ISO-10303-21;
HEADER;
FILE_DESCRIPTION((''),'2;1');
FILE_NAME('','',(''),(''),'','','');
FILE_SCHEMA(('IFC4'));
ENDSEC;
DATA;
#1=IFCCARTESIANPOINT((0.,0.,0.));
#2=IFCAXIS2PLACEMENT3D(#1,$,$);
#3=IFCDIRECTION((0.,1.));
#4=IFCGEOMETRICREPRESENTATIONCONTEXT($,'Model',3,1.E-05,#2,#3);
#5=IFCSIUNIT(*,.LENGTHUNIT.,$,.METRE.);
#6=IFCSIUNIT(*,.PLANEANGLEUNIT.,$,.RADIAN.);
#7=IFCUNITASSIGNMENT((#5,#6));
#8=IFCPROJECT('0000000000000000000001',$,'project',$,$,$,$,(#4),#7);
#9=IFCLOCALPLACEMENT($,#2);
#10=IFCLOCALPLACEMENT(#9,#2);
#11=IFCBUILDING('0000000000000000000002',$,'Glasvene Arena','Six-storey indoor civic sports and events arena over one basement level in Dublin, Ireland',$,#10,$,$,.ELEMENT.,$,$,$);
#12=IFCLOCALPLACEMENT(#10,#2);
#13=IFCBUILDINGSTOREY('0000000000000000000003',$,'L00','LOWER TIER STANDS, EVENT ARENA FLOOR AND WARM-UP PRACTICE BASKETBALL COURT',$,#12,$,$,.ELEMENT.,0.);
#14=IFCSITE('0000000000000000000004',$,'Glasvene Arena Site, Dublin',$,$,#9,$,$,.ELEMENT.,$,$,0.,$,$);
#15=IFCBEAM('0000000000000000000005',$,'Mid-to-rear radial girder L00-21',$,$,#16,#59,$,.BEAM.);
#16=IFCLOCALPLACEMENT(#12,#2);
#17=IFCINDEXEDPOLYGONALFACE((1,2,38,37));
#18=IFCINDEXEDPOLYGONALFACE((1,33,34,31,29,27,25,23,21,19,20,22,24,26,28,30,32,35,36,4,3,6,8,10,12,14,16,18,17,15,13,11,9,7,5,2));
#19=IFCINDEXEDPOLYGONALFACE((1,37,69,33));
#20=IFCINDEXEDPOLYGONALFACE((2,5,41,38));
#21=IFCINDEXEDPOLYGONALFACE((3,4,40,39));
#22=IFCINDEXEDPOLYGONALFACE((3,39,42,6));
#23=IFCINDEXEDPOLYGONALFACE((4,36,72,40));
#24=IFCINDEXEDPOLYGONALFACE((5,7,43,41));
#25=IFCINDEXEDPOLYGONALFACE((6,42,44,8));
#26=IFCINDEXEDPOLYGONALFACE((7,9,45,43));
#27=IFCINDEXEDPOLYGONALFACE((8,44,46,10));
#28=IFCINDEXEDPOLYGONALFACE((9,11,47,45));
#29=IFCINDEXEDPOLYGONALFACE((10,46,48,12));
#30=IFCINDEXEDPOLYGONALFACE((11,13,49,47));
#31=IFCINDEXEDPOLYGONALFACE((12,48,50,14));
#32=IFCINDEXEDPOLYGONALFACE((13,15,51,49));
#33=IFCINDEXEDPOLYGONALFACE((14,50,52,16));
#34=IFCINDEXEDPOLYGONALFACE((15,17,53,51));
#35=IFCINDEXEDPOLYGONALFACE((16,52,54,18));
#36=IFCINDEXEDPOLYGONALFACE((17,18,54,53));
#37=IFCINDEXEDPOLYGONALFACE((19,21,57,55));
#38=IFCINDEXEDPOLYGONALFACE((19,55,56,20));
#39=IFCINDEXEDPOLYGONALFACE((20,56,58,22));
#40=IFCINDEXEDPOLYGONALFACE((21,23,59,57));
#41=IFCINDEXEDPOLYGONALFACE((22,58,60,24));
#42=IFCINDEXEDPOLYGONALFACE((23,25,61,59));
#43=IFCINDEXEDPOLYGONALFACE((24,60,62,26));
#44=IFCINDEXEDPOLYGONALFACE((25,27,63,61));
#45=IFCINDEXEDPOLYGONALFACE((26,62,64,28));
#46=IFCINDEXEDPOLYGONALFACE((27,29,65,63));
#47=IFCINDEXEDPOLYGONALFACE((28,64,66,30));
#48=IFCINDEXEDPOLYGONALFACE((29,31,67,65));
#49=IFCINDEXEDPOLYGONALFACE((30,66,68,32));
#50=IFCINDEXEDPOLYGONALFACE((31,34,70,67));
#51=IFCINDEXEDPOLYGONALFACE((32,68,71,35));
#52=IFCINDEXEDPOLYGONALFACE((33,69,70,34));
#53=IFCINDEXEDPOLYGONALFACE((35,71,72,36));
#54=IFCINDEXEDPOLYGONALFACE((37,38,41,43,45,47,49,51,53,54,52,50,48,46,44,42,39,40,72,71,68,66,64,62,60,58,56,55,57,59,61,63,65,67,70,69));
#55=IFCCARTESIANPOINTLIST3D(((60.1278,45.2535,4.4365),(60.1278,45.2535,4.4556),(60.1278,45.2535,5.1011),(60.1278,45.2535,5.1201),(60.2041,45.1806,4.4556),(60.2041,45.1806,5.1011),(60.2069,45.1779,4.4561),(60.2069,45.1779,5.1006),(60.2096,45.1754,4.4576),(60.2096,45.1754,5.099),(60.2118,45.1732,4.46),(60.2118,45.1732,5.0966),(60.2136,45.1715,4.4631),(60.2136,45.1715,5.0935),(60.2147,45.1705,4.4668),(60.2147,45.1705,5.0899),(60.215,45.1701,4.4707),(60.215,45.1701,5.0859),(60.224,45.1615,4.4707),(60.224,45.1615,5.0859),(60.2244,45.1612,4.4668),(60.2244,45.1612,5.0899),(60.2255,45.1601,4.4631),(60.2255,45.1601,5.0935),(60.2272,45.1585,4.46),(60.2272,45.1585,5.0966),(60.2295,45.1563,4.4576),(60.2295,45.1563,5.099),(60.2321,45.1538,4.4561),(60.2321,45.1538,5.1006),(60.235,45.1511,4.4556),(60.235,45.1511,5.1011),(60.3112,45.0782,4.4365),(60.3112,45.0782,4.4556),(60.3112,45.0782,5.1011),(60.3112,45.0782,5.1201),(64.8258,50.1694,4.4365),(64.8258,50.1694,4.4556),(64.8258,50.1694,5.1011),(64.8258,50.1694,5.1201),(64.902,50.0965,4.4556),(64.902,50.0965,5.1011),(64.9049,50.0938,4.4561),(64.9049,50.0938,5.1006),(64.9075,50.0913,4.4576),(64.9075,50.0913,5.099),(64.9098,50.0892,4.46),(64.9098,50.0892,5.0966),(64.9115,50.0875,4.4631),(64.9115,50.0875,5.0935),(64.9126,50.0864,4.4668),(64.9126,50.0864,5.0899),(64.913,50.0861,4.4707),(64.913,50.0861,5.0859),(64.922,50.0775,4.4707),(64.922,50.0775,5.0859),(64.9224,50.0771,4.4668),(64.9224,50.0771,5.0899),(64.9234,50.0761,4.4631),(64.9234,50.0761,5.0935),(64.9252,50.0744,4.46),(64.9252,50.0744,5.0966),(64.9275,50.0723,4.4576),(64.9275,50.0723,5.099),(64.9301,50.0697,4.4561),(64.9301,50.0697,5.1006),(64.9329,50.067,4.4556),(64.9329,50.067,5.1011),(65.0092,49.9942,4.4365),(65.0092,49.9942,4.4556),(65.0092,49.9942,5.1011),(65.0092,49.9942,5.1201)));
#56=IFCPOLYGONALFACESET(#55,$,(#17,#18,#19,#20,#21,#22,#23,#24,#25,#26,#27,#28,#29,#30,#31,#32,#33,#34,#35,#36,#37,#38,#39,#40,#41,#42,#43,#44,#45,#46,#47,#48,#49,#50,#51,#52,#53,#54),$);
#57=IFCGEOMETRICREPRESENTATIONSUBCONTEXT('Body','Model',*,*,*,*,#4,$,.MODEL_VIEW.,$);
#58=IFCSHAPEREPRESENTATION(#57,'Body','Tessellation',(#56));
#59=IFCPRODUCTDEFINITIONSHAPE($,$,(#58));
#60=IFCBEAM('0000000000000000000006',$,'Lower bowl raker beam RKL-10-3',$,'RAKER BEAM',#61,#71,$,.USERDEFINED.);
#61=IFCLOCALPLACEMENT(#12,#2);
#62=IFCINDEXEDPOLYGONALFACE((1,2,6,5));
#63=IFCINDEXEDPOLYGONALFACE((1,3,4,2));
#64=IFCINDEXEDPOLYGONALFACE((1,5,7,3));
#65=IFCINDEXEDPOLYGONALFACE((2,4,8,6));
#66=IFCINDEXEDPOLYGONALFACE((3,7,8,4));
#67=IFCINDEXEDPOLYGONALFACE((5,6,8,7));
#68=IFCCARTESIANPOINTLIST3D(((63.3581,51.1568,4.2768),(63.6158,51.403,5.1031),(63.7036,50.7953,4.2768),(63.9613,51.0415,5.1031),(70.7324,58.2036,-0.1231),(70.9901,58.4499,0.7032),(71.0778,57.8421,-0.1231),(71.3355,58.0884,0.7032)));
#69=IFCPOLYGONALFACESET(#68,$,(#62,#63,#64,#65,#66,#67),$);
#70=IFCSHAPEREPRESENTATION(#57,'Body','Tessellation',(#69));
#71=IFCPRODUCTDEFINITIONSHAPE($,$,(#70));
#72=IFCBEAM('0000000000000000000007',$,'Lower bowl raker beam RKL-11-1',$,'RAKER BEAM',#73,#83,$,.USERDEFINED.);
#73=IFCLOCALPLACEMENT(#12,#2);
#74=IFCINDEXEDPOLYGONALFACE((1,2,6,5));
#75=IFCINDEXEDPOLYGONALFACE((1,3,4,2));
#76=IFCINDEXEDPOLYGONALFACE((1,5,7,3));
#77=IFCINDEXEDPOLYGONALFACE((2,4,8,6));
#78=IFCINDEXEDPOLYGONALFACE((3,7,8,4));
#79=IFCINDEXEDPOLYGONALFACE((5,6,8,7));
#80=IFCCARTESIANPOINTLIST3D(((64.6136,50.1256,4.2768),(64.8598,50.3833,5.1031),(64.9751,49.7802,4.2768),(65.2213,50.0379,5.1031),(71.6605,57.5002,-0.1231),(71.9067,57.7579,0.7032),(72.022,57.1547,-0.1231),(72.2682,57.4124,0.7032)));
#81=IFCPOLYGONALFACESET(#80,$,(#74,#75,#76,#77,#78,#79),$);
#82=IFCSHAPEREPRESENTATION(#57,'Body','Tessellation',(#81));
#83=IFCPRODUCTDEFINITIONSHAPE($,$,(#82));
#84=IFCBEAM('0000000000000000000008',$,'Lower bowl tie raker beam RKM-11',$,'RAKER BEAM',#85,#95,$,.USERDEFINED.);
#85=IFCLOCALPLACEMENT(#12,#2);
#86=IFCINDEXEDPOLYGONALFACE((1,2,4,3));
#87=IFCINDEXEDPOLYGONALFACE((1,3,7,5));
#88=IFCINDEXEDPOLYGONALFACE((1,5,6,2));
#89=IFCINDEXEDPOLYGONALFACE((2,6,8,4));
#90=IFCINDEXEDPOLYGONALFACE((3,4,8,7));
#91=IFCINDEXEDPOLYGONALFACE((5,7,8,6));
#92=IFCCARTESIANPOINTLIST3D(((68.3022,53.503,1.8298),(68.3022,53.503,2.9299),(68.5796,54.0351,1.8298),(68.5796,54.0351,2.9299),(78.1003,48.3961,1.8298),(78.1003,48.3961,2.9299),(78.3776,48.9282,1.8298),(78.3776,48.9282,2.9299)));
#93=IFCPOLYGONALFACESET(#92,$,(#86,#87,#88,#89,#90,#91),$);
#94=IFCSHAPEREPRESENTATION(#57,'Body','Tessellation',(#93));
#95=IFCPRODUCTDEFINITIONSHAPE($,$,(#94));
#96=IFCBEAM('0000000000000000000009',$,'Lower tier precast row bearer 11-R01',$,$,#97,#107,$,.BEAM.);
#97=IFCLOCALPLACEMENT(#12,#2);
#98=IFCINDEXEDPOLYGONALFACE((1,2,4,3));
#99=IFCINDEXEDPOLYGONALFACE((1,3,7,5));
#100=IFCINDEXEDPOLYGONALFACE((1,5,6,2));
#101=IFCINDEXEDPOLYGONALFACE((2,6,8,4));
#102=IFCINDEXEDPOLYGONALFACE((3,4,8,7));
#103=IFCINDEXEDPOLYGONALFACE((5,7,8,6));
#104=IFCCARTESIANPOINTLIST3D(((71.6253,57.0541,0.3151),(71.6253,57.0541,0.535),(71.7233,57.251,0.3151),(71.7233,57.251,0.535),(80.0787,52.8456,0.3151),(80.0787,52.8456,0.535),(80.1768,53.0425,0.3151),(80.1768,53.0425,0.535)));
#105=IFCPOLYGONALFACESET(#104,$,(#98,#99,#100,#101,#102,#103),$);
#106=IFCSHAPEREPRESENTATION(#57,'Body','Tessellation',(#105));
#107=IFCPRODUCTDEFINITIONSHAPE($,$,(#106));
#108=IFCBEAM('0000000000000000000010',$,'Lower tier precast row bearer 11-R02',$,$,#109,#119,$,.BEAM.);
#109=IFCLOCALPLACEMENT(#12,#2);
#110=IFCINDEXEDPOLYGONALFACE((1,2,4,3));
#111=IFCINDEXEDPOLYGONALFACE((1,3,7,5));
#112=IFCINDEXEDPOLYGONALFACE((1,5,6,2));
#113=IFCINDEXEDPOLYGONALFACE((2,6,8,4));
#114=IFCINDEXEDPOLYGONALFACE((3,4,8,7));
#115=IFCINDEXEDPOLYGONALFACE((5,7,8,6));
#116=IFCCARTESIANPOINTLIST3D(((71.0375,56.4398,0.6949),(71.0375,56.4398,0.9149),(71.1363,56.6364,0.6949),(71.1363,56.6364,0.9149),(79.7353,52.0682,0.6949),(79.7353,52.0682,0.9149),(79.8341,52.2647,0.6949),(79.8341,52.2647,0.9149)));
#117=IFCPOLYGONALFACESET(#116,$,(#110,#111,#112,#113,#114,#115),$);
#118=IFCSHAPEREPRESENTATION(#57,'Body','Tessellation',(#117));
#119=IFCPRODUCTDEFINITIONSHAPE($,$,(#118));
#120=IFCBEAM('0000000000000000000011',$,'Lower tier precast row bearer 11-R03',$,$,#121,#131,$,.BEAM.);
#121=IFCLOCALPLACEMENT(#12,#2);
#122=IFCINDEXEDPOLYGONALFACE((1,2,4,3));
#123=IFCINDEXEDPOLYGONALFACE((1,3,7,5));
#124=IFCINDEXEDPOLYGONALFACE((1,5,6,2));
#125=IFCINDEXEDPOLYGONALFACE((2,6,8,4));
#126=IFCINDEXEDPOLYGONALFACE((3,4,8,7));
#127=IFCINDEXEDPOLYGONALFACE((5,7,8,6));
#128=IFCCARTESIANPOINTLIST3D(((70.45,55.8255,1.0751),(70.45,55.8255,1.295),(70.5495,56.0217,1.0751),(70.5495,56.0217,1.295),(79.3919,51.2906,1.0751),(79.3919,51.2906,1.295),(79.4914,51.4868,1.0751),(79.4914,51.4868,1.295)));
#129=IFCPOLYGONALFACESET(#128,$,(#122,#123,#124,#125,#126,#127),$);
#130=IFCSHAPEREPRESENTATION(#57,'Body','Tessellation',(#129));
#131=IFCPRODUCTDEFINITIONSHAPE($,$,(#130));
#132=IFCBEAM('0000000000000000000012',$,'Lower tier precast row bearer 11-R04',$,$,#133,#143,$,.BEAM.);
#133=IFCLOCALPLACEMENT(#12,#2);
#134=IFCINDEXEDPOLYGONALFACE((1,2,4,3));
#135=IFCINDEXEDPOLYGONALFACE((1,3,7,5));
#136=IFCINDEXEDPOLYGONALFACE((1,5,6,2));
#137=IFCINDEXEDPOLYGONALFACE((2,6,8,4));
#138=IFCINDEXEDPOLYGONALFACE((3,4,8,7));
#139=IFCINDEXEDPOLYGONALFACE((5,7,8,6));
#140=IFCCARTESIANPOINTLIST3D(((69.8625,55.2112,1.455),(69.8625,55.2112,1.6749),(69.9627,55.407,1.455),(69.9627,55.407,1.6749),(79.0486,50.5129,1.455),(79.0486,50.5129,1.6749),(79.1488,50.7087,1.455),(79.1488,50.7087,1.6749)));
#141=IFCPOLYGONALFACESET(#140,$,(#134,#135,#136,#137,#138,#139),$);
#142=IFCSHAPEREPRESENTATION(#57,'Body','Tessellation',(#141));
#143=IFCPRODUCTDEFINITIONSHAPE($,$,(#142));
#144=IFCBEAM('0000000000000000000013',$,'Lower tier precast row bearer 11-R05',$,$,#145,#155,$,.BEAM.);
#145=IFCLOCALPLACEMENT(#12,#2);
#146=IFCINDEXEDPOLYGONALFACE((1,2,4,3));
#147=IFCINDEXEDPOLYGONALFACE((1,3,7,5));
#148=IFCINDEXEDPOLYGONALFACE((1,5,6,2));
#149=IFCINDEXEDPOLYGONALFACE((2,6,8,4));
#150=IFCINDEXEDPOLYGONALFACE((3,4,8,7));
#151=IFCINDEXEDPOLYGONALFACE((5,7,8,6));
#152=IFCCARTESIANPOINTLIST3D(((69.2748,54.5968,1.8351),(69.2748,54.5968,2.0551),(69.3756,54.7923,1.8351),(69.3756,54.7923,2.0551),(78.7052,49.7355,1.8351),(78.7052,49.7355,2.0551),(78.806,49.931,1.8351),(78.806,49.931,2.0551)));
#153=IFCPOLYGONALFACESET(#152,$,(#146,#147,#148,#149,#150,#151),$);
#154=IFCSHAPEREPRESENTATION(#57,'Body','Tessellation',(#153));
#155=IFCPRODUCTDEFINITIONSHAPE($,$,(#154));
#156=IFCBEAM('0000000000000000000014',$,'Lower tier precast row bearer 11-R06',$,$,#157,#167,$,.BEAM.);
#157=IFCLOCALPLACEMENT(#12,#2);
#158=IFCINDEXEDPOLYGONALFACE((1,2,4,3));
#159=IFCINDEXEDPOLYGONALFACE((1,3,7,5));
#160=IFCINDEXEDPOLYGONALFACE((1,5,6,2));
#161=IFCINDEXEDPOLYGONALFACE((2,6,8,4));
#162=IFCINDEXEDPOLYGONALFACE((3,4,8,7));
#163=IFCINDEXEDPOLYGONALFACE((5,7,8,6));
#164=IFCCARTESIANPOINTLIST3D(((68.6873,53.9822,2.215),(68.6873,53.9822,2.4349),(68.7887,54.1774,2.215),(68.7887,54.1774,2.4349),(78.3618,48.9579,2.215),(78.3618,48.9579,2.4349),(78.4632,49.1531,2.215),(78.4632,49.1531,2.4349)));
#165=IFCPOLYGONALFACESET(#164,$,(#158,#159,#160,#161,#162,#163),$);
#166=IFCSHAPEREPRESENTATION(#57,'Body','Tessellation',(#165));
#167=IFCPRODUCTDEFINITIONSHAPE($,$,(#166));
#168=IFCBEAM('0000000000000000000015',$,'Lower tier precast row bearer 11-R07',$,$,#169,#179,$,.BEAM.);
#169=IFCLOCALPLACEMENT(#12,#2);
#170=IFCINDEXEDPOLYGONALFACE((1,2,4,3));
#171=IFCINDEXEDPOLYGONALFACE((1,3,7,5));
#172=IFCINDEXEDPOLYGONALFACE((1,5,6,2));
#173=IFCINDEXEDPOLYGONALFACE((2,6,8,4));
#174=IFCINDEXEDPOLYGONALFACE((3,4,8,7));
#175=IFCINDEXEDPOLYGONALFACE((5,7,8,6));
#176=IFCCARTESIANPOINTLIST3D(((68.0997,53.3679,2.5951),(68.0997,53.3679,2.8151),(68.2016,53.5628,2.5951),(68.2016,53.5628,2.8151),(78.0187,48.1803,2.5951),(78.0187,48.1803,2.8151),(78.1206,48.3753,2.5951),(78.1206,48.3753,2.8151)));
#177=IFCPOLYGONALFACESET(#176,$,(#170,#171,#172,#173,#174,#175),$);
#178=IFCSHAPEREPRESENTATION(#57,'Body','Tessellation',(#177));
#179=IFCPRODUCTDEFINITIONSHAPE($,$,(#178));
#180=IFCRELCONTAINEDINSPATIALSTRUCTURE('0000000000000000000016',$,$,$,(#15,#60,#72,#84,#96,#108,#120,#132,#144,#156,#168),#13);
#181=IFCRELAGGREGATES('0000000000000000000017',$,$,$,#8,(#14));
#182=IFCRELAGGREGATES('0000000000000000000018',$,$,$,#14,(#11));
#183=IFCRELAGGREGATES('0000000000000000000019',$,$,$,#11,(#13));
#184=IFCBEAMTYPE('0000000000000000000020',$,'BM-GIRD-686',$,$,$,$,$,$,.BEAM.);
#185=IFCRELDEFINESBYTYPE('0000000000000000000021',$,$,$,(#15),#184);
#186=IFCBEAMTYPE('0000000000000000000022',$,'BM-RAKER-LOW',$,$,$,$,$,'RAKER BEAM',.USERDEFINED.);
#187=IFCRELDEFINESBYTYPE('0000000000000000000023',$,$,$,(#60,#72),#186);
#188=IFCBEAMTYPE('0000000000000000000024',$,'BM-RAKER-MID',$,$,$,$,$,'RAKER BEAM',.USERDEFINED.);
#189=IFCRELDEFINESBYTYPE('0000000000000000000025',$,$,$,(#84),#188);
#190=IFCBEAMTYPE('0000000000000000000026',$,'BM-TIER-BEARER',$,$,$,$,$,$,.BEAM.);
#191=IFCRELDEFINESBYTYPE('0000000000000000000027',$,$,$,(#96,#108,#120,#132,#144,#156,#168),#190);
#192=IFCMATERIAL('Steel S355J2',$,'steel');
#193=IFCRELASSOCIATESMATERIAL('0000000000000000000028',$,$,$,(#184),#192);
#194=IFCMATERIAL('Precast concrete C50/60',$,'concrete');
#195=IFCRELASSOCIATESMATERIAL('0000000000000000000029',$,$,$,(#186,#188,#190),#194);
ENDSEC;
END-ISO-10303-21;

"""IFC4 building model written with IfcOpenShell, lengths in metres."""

from ifc_helpers import new_model, si_unit, direction, frame, origin, origin_2d, place, context, subcontext, project, spatial, rectangle, i_section, extrude, material, material_profile, profile_set, type_object, element, save


model = new_model("IFC4")

# Units and contexts
model_context = context("Model", 3, precision=1e-05, world=origin(), true_north=direction((0.0, 1.0)))
body_context = subcontext(model_context, "Body", "Model", "MODEL_VIEW")
ifc_project = project(units=[si_unit("LENGTHUNIT", "METRE"), si_unit("PLANEANGLEUNIT", "RADIAN")], contexts=[model_context])

# Site, building, storey
site_placement = place(None, origin())
site = spatial("IfcSite", under=ifc_project, at=site_placement, Name="Glasvene Arena Site, Dublin", CompositionType="ELEMENT", RefElevation=0.0)
building_placement = place(site_placement, origin())
building = spatial("IfcBuilding", under=site, at=building_placement, Name="Glasvene Arena", Description="Six-storey indoor civic sports and events arena over one basement level in Dublin, Ireland", CompositionType="ELEMENT")
storey_placement = place(building_placement, origin())
storey = spatial("IfcBuildingStorey", under=building, at=storey_placement, Name="L00", Description="LOWER TIER STANDS, EVENT ARENA FLOOR AND WARM-UP PRACTICE BASKETBALL COURT", CompositionType="ELEMENT", Elevation=0.0)

# Beams
ifc_material_1 = material(Name="Steel S355J2", Category="steel")
ifc_material_profile_1 = material_profile(ifc_material_1, i_section(OverallWidth=0.2537, OverallDepth=0.6836, WebThickness=0.0125, FlangeThickness=0.019, FilletRadius=0.0151, at=origin_2d()), Name="UKB 686x254x140")
ifc_profile_set_1 = profile_set([ifc_material_profile_1], Name="Steel S355J2")
beam_type_1 = type_object("IfcBeamType", Name="BM-GIRD-686", PredefinedType="BEAM", material=ifc_profile_set_1)
beam_1_placement = place(storey_placement, frame((64.9175, 50.0818, 4.7783), z_axis=(-0.690894, -0.722956, 0.0), x_axis=(0.722956, -0.690894, 0.0)))
element("IfcBeam", 1, at=beam_1_placement, inside=storey, type_object=beam_type_1, Name="Mid-to-rear radial girder L00-21", PredefinedType="BEAM", context=body_context, shape_type="SweptSolid", body=[
    extrude(i_section(OverallWidth=0.2537, OverallDepth=0.6836, WebThickness=0.0125, FlangeThickness=0.019, FilletRadius=0.0151, at=origin_2d()), origin(), (0.0, 0.0, 1.0), 6.7998),
])
ifc_material_2 = material(Name="Precast concrete C50/60", Category="concrete")
ifc_material_profile_2 = material_profile(ifc_material_2, rectangle(XDim=0.5, YDim=0.8999, at=origin_2d()), Name="RC 500x900")
ifc_profile_set_2 = profile_set([ifc_material_profile_2], Name="Precast concrete C50/60")
beam_type_2 = type_object("IfcBeamType", Name="BM-RAKER-LOW", ElementType="RAKER BEAM", PredefinedType="USERDEFINED", material=ifc_profile_set_2)
beam_2_placement = place(storey_placement, frame((71.0339, 58.146, 0.29), z_axis=(-0.663844, -0.634371, 0.396086), x_axis=(0.690876, -0.722973, 0.0)))
element("IfcBeam", 2, at=beam_2_placement, inside=storey, type_object=beam_type_2, Name="Lower bowl raker beam RKL-10-3", ObjectType="RAKER BEAM", PredefinedType="USERDEFINED", context=body_context, shape_type="SweptSolid", body=[
    extrude(rectangle(XDim=0.5, YDim=0.8999, at=origin_2d()), origin(), (0.0, 0.0, 1.0), 11.1084),
])
beam_3_placement = place(storey_placement, frame((71.9644, 57.4563, 0.29), z_axis=(-0.634362, -0.663856, 0.396081), x_axis=(0.722985, -0.690864, 0.0)))
element("IfcBeam", 3, at=beam_3_placement, inside=storey, type_object=beam_type_2, Name="Lower bowl raker beam RKL-11-1", ObjectType="RAKER BEAM", PredefinedType="USERDEFINED", context=body_context, shape_type="SweptSolid", body=[
    extrude(rectangle(XDim=0.5, YDim=0.8999, at=origin_2d()), origin(), (0.0, 0.0, 1.0), 11.1086),
])
ifc_material_profile_3 = material_profile(ifc_material_2, rectangle(XDim=0.6001, YDim=1.1001, at=origin_2d()), Name="RC 600x1100")
ifc_profile_set_3 = profile_set([ifc_material_profile_3], Name="Precast concrete C50/60")
beam_type_3 = type_object("IfcBeamType", Name="BM-RAKER-MID", ElementType="RAKER BEAM", PredefinedType="USERDEFINED", material=ifc_profile_set_3)
beam_4_placement = place(storey_placement, frame((68.4409, 53.769, 2.3799), z_axis=(0.886775, -0.462202, 0.0), x_axis=(0.462202, 0.886775, 0.0)))
element("IfcBeam", 4, at=beam_4_placement, inside=storey, type_object=beam_type_3, Name="Lower bowl tie raker beam RKM-11", ObjectType="RAKER BEAM", PredefinedType="USERDEFINED", context=body_context, shape_type="SweptSolid", body=[
    extrude(rectangle(XDim=0.6001, YDim=1.1001, at=origin_2d()), origin(), (0.0, 0.0, 1.0), 11.0491),
])
ifc_material_profile_4 = material_profile(ifc_material_2, rectangle(XDim=0.22, YDim=0.22, at=origin_2d()), Name="RC 220x220")
ifc_profile_set_4 = profile_set([ifc_material_profile_4], Name="Precast concrete C50/60")
beam_type_4 = type_object("IfcBeamType", Name="BM-TIER-BEARER", PredefinedType="BEAM", material=ifc_profile_set_4)
beam_5_placement = place(storey_placement, frame((71.6743, 57.1526, 0.425), z_axis=(0.895196, -0.445672, 0.0), x_axis=(0.445672, 0.895196, 0.0)))
element("IfcBeam", 5, at=beam_5_placement, inside=storey, type_object=beam_type_4, Name="Lower tier precast row bearer 11-R01", PredefinedType="BEAM", context=body_context, shape_type="SweptSolid", body=[
    extrude(rectangle(XDim=0.22, YDim=0.22, at=origin_2d()), origin(), (0.0, 0.0, 1.0), 9.4431),
])
beam_6_placement = place(storey_placement, frame((71.0869, 56.5381, 0.8049), z_axis=(0.893492, -0.449079, 0.0), x_axis=(0.449079, 0.893492, 0.0)))
element("IfcBeam", 6, at=beam_6_placement, inside=storey, type_object=beam_type_4, Name="Lower tier precast row bearer 11-R02", PredefinedType="BEAM", context=body_context, shape_type="SweptSolid", body=[
    extrude(rectangle(XDim=0.22, YDim=0.22, at=origin_2d()), origin(), (0.0, 0.0, 1.0), 9.7346),
])
beam_7_placement = place(storey_placement, frame((70.4998, 55.9236, 1.1851), z_axis=(0.891861, -0.45231, 0.0), x_axis=(0.45231, 0.891861, 0.0)))
element("IfcBeam", 7, at=beam_7_placement, inside=storey, type_object=beam_type_4, Name="Lower tier precast row bearer 11-R03", PredefinedType="BEAM", context=body_context, shape_type="SweptSolid", body=[
    extrude(rectangle(XDim=0.22, YDim=0.22, at=origin_2d()), origin(), (0.0, 0.0, 1.0), 10.0261),
])
beam_8_placement = place(storey_placement, frame((69.9126, 55.3091, 1.5649), z_axis=(0.890311, -0.455354, 0.0), x_axis=(0.455354, 0.890311, 0.0)))
element("IfcBeam", 8, at=beam_8_placement, inside=storey, type_object=beam_type_4, Name="Lower tier precast row bearer 11-R04", PredefinedType="BEAM", context=body_context, shape_type="SweptSolid", body=[
    extrude(rectangle(XDim=0.22, YDim=0.22, at=origin_2d()), origin(), (0.0, 0.0, 1.0), 10.3179),
])
beam_9_placement = place(storey_placement, frame((69.3252, 54.6946, 1.9451), z_axis=(0.88885, -0.458197, 0.0), x_axis=(0.458197, 0.88885, 0.0)))
element("IfcBeam", 9, at=beam_9_placement, inside=storey, type_object=beam_type_4, Name="Lower tier precast row bearer 11-R05", PredefinedType="BEAM", context=body_context, shape_type="SweptSolid", body=[
    extrude(rectangle(XDim=0.22, YDim=0.22, at=origin_2d()), origin(), (0.0, 0.0, 1.0), 10.6096),
])
beam_10_placement = place(storey_placement, frame((68.738, 54.0798, 2.325), z_axis=(0.887455, -0.460894, 0.0), x_axis=(0.460894, 0.887455, 0.0)))
element("IfcBeam", 10, at=beam_10_placement, inside=storey, type_object=beam_type_4, Name="Lower tier precast row bearer 11-R06", PredefinedType="BEAM", context=body_context, shape_type="SweptSolid", body=[
    extrude(rectangle(XDim=0.22, YDim=0.22, at=origin_2d()), origin(), (0.0, 0.0, 1.0), 10.9014),
])
beam_11_placement = place(storey_placement, frame((68.1506, 53.4653, 2.7051), z_axis=(0.88613, -0.463436, 0.0), x_axis=(0.463436, 0.88613, 0.0)))
element("IfcBeam", 11, at=beam_11_placement, inside=storey, type_object=beam_type_4, Name="Lower tier precast row bearer 11-R07", PredefinedType="BEAM", context=body_context, shape_type="SweptSolid", body=[
    extrude(rectangle(XDim=0.22, YDim=0.22, at=origin_2d()), origin(), (0.0, 0.0, 1.0), 11.1936),
])

save(model, "model.ifc")
